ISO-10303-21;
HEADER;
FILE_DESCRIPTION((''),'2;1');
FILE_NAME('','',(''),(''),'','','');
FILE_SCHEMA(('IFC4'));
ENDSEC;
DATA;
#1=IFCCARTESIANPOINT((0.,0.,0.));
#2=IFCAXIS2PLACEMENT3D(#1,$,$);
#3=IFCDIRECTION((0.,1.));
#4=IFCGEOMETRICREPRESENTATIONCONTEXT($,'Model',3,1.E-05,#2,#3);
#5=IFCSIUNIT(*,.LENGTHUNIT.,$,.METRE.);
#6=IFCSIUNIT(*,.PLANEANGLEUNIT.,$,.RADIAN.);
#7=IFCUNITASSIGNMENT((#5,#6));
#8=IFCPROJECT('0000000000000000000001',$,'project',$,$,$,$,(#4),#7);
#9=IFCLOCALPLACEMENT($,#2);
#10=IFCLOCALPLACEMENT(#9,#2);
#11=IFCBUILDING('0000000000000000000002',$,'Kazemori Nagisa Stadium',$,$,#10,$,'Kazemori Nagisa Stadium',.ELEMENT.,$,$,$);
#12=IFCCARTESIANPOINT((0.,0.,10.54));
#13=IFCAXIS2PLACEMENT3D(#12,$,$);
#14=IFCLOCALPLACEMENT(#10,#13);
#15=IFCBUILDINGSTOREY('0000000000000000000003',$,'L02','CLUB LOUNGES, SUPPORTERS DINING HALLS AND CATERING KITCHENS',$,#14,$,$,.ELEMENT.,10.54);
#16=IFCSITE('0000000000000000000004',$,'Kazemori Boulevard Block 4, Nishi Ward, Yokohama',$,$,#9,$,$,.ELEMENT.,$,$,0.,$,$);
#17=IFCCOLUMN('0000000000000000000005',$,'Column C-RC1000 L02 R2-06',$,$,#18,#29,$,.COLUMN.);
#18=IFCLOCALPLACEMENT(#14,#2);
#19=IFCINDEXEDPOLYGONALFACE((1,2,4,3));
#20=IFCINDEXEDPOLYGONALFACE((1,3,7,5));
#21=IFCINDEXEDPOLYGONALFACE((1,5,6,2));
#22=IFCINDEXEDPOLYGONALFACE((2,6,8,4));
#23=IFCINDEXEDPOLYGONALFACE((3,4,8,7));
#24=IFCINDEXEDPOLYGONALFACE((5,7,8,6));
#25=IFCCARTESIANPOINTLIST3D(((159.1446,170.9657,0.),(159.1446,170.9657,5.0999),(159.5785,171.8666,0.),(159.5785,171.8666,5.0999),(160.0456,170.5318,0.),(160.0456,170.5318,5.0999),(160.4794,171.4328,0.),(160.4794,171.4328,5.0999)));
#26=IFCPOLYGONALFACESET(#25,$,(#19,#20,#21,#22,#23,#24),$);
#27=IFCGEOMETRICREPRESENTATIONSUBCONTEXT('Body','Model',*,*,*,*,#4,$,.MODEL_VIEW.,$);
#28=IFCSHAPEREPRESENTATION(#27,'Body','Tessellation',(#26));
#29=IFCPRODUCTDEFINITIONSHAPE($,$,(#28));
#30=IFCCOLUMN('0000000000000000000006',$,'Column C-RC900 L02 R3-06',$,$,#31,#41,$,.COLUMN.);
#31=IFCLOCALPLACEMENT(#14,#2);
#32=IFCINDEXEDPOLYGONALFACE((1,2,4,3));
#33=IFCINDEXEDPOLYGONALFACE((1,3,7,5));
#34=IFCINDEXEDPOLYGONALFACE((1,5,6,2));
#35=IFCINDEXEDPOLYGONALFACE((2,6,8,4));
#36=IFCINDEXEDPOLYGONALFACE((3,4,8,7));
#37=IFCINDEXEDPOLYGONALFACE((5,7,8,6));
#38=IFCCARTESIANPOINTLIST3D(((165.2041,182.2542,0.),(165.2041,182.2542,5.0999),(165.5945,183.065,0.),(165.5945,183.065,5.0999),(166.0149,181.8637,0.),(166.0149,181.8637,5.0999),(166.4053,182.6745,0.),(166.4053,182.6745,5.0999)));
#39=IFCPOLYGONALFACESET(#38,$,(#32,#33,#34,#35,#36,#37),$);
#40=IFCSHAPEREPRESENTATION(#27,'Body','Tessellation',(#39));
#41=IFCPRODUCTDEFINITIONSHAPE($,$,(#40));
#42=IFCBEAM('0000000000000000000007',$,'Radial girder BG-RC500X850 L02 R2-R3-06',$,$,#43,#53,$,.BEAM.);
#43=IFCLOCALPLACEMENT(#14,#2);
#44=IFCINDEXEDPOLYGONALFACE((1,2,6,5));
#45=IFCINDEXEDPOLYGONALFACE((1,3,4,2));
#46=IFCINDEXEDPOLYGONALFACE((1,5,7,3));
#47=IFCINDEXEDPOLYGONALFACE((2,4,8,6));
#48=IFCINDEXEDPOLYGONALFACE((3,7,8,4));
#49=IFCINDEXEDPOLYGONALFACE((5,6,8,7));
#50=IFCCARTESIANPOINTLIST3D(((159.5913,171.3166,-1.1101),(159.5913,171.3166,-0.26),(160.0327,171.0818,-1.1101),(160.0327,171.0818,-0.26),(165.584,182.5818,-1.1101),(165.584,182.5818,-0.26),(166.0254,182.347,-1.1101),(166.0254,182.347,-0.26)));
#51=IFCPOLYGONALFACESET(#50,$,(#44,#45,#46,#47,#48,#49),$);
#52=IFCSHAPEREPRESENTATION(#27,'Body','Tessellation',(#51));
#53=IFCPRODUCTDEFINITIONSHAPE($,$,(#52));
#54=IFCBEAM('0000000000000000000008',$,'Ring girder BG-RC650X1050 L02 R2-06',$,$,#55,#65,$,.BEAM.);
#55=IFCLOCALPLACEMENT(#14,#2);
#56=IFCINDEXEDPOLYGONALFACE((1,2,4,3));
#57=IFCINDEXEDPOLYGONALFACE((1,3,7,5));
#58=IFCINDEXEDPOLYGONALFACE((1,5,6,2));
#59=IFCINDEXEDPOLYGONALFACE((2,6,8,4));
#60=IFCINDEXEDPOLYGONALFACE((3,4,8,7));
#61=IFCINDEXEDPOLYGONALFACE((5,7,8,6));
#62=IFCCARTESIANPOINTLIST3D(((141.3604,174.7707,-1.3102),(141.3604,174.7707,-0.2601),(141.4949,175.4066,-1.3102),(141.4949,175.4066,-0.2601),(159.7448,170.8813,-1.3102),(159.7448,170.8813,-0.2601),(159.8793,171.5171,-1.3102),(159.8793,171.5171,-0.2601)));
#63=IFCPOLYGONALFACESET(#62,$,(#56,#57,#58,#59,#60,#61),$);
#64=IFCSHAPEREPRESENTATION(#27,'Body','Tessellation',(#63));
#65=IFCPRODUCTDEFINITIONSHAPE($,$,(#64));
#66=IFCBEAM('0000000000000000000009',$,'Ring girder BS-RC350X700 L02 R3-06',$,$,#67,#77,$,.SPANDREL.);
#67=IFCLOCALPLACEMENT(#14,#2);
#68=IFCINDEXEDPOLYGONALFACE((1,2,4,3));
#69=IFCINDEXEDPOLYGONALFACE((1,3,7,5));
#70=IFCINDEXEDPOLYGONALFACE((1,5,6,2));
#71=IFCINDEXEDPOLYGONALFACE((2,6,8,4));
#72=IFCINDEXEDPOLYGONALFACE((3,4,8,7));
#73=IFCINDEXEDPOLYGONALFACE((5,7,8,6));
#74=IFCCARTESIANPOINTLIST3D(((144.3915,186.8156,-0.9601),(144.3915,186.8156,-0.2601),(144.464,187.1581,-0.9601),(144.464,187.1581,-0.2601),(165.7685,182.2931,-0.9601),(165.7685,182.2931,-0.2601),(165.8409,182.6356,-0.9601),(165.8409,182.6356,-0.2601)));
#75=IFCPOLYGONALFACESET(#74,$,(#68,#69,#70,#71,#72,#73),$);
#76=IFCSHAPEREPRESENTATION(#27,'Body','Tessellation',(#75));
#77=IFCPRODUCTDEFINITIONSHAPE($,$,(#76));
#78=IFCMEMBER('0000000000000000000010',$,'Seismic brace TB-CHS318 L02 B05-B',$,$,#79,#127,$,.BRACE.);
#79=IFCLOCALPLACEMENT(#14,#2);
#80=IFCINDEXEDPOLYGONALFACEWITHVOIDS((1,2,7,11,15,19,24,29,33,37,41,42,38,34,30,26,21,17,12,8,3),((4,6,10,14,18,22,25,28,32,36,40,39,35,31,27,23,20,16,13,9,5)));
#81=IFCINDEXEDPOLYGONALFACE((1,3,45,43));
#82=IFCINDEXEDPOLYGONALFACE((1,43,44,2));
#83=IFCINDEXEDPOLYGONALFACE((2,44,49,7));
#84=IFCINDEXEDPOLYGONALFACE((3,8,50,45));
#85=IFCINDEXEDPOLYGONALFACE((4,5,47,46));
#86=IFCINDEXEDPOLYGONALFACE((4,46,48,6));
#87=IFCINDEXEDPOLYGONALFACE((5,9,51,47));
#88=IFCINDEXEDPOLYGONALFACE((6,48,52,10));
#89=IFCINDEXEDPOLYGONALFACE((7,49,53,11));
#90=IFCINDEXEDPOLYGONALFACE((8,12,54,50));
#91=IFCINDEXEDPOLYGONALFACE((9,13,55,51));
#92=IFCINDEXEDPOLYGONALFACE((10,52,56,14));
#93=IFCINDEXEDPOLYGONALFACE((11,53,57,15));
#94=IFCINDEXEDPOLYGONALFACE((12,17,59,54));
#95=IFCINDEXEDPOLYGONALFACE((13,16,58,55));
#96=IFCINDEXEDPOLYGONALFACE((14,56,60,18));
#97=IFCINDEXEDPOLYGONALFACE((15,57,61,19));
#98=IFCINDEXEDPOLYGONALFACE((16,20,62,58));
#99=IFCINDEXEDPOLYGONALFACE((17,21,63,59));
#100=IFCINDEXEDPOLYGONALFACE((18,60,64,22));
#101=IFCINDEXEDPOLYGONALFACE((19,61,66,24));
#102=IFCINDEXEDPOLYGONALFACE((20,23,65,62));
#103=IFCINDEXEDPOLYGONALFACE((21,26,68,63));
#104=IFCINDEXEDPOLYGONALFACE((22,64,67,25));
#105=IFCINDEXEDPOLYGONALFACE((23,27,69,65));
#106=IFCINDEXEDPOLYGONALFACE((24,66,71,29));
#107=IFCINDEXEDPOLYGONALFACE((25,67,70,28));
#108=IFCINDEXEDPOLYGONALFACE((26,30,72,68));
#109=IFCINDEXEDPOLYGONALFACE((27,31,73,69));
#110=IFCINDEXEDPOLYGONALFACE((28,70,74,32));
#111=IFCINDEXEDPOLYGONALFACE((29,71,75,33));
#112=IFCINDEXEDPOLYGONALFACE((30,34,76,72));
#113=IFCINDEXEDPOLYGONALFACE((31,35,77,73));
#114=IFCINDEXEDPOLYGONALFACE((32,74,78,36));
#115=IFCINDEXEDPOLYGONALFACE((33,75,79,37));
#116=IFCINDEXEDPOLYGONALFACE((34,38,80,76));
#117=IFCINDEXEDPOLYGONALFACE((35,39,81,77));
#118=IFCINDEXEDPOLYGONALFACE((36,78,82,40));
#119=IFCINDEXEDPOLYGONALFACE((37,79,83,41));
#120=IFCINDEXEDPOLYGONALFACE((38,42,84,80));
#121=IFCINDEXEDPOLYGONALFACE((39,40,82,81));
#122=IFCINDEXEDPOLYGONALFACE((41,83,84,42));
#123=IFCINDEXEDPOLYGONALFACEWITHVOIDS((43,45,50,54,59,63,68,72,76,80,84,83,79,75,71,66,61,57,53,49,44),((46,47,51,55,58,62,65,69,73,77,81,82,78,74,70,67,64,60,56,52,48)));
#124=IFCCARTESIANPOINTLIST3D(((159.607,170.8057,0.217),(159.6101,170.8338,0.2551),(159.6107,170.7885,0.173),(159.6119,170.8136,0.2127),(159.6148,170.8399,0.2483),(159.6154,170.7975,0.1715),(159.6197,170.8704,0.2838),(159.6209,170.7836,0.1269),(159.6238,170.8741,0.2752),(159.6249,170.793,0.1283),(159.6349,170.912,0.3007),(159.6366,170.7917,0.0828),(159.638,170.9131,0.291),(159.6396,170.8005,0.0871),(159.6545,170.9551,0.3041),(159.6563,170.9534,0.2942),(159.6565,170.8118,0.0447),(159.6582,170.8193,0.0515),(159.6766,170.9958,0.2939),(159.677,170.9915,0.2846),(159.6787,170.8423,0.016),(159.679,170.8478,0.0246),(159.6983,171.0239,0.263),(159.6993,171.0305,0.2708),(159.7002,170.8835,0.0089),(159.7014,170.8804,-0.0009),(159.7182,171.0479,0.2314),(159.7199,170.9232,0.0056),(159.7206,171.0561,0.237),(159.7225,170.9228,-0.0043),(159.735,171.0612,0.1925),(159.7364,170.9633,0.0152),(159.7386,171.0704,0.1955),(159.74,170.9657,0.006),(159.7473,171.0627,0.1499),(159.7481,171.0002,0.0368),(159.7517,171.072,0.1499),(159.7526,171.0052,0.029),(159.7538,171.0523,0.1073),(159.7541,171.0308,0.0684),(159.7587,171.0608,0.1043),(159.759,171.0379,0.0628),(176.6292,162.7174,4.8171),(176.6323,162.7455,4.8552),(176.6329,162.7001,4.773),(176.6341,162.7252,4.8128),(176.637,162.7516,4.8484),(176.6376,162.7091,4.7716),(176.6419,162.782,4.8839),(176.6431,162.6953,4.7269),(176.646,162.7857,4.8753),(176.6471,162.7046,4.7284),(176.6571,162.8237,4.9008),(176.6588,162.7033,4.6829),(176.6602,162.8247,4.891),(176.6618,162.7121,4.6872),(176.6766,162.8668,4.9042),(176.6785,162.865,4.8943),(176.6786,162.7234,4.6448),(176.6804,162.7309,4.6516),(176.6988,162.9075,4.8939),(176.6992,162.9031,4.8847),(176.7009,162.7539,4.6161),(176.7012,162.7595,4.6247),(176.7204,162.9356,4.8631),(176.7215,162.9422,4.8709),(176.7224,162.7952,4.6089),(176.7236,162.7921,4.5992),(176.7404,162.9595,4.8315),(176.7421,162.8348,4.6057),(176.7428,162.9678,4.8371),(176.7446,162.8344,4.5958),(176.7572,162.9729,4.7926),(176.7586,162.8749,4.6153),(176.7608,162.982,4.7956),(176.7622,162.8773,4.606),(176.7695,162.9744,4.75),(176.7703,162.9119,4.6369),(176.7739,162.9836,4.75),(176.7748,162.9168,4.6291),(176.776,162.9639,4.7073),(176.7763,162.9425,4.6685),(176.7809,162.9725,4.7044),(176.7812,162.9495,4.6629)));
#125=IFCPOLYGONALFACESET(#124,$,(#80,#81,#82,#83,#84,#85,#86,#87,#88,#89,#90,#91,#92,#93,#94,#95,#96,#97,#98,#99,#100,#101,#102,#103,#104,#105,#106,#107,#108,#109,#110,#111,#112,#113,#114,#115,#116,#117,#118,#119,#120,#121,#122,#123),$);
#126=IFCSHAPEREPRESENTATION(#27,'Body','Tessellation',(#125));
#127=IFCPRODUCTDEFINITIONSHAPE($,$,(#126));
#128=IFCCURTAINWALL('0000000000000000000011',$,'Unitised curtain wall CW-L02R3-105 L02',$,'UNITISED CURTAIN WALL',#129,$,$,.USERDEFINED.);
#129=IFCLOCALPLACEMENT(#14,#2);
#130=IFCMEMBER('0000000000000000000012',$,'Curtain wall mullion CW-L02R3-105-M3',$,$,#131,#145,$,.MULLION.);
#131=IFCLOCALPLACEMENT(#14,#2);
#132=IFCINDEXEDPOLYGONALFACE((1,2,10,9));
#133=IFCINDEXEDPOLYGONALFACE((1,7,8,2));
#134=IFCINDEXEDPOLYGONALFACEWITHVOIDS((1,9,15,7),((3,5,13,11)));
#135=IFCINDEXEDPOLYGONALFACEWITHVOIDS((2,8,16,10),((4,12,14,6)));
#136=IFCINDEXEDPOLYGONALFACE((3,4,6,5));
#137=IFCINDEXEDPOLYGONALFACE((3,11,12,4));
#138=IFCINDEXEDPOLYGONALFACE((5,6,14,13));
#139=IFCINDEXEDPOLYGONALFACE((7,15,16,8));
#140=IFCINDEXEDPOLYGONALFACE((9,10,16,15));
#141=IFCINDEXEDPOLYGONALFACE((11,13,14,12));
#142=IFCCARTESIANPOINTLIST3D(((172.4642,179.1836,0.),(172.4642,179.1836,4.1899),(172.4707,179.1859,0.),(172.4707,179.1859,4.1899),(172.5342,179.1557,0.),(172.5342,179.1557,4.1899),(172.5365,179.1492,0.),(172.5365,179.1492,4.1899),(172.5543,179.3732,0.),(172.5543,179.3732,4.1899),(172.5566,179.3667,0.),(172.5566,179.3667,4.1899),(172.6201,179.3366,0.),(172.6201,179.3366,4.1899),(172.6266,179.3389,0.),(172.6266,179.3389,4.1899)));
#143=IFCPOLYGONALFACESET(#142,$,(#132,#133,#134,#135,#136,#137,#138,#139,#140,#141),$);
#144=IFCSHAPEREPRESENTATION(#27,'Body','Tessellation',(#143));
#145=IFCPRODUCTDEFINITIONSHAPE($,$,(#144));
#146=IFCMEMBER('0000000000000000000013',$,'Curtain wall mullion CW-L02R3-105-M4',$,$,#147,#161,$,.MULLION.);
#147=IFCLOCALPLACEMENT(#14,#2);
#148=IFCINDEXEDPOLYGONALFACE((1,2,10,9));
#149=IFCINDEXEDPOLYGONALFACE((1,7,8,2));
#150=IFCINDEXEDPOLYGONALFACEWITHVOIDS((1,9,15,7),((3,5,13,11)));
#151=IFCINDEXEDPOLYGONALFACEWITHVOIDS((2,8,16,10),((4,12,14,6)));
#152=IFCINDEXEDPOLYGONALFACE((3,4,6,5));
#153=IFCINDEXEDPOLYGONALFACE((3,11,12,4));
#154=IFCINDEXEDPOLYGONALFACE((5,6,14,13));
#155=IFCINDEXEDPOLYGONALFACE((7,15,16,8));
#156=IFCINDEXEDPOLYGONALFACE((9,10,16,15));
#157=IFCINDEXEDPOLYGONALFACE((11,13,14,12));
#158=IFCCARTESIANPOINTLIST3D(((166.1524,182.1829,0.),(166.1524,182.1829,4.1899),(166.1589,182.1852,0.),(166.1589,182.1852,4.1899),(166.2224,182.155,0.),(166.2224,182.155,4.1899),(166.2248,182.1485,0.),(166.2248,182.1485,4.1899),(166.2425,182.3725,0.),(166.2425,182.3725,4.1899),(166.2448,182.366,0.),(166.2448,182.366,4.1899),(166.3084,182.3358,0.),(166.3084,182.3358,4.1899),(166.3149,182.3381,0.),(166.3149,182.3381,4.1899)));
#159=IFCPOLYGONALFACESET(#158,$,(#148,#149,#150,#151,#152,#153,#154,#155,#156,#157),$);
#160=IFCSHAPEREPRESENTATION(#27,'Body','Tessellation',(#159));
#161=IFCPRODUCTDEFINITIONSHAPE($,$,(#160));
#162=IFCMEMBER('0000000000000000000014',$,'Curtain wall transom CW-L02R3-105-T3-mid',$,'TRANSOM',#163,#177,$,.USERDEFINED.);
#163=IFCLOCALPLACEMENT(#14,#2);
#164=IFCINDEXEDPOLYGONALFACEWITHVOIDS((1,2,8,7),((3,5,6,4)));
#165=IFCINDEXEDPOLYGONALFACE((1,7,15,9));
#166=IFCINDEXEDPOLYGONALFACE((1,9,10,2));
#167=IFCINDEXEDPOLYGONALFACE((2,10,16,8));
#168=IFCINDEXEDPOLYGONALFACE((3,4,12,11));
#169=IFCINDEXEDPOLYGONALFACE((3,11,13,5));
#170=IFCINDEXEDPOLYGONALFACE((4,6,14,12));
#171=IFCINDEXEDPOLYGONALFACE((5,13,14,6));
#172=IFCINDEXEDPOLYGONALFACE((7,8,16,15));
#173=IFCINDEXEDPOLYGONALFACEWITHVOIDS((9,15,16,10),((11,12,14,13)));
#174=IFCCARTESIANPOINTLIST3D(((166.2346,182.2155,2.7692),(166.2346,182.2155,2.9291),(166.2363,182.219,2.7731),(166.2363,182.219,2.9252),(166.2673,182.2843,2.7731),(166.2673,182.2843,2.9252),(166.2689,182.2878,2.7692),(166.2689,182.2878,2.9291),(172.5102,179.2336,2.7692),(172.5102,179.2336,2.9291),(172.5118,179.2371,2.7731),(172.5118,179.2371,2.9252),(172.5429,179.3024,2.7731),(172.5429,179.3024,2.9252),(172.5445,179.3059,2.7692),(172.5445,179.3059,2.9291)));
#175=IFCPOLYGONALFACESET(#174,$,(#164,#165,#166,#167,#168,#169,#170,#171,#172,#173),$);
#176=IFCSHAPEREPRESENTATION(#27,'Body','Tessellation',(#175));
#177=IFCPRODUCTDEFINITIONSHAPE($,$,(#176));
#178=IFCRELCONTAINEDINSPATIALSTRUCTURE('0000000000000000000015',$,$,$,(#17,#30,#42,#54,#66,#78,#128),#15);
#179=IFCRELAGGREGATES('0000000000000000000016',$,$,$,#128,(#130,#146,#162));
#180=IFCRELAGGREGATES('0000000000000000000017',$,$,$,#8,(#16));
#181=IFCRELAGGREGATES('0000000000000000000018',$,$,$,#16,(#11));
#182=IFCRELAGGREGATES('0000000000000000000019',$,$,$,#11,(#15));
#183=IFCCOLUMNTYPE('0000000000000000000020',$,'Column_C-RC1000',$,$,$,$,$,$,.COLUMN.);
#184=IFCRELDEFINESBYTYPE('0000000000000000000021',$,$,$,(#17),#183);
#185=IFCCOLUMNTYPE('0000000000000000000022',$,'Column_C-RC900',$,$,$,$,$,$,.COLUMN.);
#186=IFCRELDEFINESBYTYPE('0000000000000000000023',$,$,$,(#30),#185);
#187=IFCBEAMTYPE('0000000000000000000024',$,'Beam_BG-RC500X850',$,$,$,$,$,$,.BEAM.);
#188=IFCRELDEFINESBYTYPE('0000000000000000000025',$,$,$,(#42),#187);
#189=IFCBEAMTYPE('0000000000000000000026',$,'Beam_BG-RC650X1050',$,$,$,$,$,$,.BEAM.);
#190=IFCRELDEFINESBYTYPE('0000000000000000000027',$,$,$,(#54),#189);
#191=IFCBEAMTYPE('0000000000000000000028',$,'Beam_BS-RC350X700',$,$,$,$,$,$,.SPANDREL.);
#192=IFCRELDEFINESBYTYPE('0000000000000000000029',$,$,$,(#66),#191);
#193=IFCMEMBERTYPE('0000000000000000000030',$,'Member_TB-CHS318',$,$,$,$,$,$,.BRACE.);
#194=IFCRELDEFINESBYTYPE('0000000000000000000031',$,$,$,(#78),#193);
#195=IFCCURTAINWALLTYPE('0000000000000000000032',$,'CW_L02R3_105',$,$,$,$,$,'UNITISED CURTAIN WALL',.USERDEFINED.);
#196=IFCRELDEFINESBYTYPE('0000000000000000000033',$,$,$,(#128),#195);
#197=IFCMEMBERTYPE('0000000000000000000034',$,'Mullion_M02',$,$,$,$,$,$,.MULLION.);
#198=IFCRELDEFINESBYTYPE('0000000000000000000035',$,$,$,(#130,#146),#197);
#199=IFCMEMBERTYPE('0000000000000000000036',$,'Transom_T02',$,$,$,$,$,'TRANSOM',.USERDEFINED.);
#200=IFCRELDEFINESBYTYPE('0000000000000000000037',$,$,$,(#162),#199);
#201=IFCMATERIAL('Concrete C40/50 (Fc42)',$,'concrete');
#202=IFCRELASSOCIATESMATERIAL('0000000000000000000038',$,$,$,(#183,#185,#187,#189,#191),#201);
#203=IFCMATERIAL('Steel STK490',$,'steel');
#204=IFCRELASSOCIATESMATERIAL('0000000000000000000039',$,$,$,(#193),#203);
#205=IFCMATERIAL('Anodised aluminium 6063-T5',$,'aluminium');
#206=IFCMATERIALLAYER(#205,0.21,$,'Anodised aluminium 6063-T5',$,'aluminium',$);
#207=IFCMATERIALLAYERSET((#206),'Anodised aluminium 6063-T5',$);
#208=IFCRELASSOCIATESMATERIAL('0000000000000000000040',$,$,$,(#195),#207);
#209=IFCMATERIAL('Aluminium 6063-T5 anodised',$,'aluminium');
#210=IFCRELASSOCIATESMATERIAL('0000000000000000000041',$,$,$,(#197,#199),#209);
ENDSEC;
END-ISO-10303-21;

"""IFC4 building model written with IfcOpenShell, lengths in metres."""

from ifc_helpers import new_model, si_unit, direction, frame, origin, origin_2d, place, context, subcontext, project, spatial, rectangle, hollow_rectangle, hollow_circle, extrude, material, layer, layer_set, material_profile, profile_set, type_object, element, aggregate, save


model = new_model("IFC4")

# Units and contexts
model_context = context("Model", 3, precision=1e-05, world=origin(), true_north=direction((0.0, 1.0)))
body_context = subcontext(model_context, "Body", "Model", "MODEL_VIEW")
ifc_project = project(units=[si_unit("LENGTHUNIT", "METRE"), si_unit("PLANEANGLEUNIT", "RADIAN")], contexts=[model_context])

# Site, building, storey
site_placement = place(None, origin())
site = spatial("IfcSite", under=ifc_project, at=site_placement, Name="Kazemori Boulevard Block 4, Nishi Ward, Yokohama", CompositionType="ELEMENT", RefElevation=0.0)
building_placement = place(site_placement, origin())
building = spatial("IfcBuilding", under=site, at=building_placement, Name="Kazemori Nagisa Stadium", LongName="Kazemori Nagisa Stadium", CompositionType="ELEMENT")
storey_placement = place(building_placement, frame((0.0, 0.0, 10.54)))
storey = spatial("IfcBuildingStorey", under=building, at=storey_placement, Name="L02", Description="CLUB LOUNGES, SUPPORTERS DINING HALLS AND CATERING KITCHENS", CompositionType="ELEMENT", Elevation=10.54)

# Columns
ifc_material_1 = material(Name="Concrete C40/50 (Fc42)", Category="concrete")
ifc_material_profile_1 = material_profile(ifc_material_1, rectangle(XDim=1.0, YDim=1.0, at=origin_2d()), Name="RC-COL-1000x1000")
ifc_profile_set_1 = profile_set([ifc_material_profile_1], Name="Concrete C40/50 (Fc42)")
column_type_1 = type_object("IfcColumnType", Name="Column_C-RC1000", PredefinedType="COLUMN", material=ifc_profile_set_1)
column_1_placement = place(storey_placement, frame((159.812, 171.1992, 0.0), z_axis=(0.0, 0.0, 1.0), x_axis=(0.433884, 0.900969, 0.0)))
element("IfcColumn", 1, at=column_1_placement, inside=storey, type_object=column_type_1, Name="Column C-RC1000 L02 R2-06", PredefinedType="COLUMN", context=body_context, shape_type="SweptSolid", body=[
    extrude(rectangle(XDim=1.0, YDim=1.0, at=origin_2d()), origin(), (0.0, 0.0, 1.0), 5.0999),
])
ifc_material_profile_2 = material_profile(ifc_material_1, rectangle(XDim=0.8999, YDim=0.8999, at=origin_2d()), Name="RC-COL-900x900")
ifc_profile_set_2 = profile_set([ifc_material_profile_2], Name="Concrete C40/50 (Fc42)")
column_type_2 = type_object("IfcColumnType", Name="Column_C-RC900", PredefinedType="COLUMN", material=ifc_profile_set_2)
column_2_placement = place(storey_placement, frame((165.8047, 182.4644, 0.0), z_axis=(0.0, 0.0, 1.0), x_axis=(0.433884, 0.900969, 0.0)))
element("IfcColumn", 2, at=column_2_placement, inside=storey, type_object=column_type_2, Name="Column C-RC900 L02 R3-06", PredefinedType="COLUMN", context=body_context, shape_type="SweptSolid", body=[
    extrude(rectangle(XDim=0.8999, YDim=0.8999, at=origin_2d()), origin(), (0.0, 0.0, 1.0), 5.0999),
])

# Beams
ifc_material_profile_3 = material_profile(ifc_material_1, rectangle(XDim=0.5, YDim=0.8501, at=origin_2d()), Name="RC-BM-500x850")
ifc_profile_set_3 = profile_set([ifc_material_profile_3], Name="Concrete C40/50 (Fc42)")
beam_type_1 = type_object("IfcBeamType", Name="Beam_BG-RC500X850", PredefinedType="BEAM", material=ifc_profile_set_3)
beam_1_placement = place(storey_placement, frame((159.812, 171.1992, -0.6851), z_axis=(0.469649, 0.882853, 0.0), x_axis=(-0.882853, 0.469649, 0.0)))
element("IfcBeam", 3, at=beam_1_placement, inside=storey, type_object=beam_type_1, Name="Radial girder BG-RC500X850 L02 R2-R3-06", PredefinedType="BEAM", context=body_context, shape_type="SweptSolid", body=[
    extrude(rectangle(XDim=0.5, YDim=0.8501, at=origin_2d()), origin(), (0.0, 0.0, 1.0), 12.76),
])
ifc_material_profile_4 = material_profile(ifc_material_1, rectangle(XDim=0.6499, YDim=1.05, at=origin_2d()), Name="RC-BM-650x1050")
ifc_profile_set_4 = profile_set([ifc_material_profile_4], Name="Concrete C40/50 (Fc42)")
beam_type_2 = type_object("IfcBeamType", Name="Beam_BG-RC650X1050", PredefinedType="BEAM", material=ifc_profile_set_4)
beam_2_placement = place(storey_placement, frame((159.812, 171.1992, -0.7852), z_axis=(-0.978345, 0.20698, 0.0), x_axis=(-0.20698, -0.978345, 0.0)))
element("IfcBeam", 4, at=beam_2_placement, inside=storey, type_object=beam_type_2, Name="Ring girder BG-RC650X1050 L02 R2-06", PredefinedType="BEAM", context=body_context, shape_type="SweptSolid", body=[
    extrude(rectangle(XDim=0.6499, YDim=1.05, at=origin_2d()), origin(), (0.0, 0.0, 1.0), 18.7913),
])
ifc_material_profile_5 = material_profile(ifc_material_1, rectangle(XDim=0.3501, YDim=0.7, at=origin_2d()), Name="RC-SP-350x700")
ifc_profile_set_5 = profile_set([ifc_material_profile_5], Name="Concrete C40/50 (Fc42)")
beam_type_3 = type_object("IfcBeamType", Name="Beam_BS-RC350X700", PredefinedType="SPANDREL", material=ifc_profile_set_5)
beam_3_placement = place(storey_placement, frame((165.8047, 182.4644, -0.6101), z_axis=(-0.978346, 0.206977, 0.0), x_axis=(-0.206977, -0.978346, 0.0)))
element("IfcBeam", 5, at=beam_3_placement, inside=storey, type_object=beam_type_3, Name="Ring girder BS-RC350X700 L02 R3-06", PredefinedType="SPANDREL", context=body_context, shape_type="SweptSolid", body=[
    extrude(rectangle(XDim=0.3501, YDim=0.7, at=origin_2d()), origin(), (0.0, 0.0, 1.0), 21.8501),
])

# Member
ifc_material_2 = material(Name="Steel STK490", Category="steel")
ifc_material_profile_6 = material_profile(ifc_material_2, hollow_circle(Radius=0.1592, WallThickness=0.0103, at=origin_2d()), Name="CHS-318.5x10.3")
ifc_profile_set_6 = profile_set([ifc_material_profile_6], Name="Steel STK490")
member_type_1 = type_object("IfcMemberType", Name="Member_TB-CHS318", PredefinedType="BRACE", material=ifc_profile_set_6)
member_1_placement = place(storey_placement, frame((159.6833, 170.9282, 0.1499), z_axis=(0.877459, -0.416939, 0.237125), x_axis=(0.429179, 0.903219, 0.0)))
element("IfcMember", 6, at=member_1_placement, inside=storey, type_object=member_type_1, Name="Seismic brace TB-CHS318 L02 B05-B", PredefinedType="BRACE", context=body_context, shape_type="SweptSolid", body=[
    extrude(hollow_circle(Radius=0.1592, WallThickness=0.0103, at=origin_2d()), origin(), (0.0, 0.0, 1.0), 19.3994),
])

# Curtain wall, members
ifc_material_3 = material(Name="Anodised aluminium 6063-T5", Category="aluminium")
ifc_layer_1 = layer(ifc_material_3, 0.21, Name="Anodised aluminium 6063-T5", Category="aluminium")
ifc_layer_set_1 = layer_set([ifc_layer_1], Name="Anodised aluminium 6063-T5")
curtain_wall_type = type_object("IfcCurtainWallType", Name="CW_L02R3_105", ElementType="UNITISED CURTAIN WALL", PredefinedType="USERDEFINED", material=ifc_layer_set_1)
curtain_wall_placement = place(storey_placement, origin())
curtain_wall = element("IfcCurtainWall", 7, at=curtain_wall_placement, inside=storey, type_object=curtain_wall_type, Name="Unitised curtain wall CW-L02R3-105 L02", ObjectType="UNITISED CURTAIN WALL", PredefinedType="USERDEFINED")
ifc_material_4 = material(Name="Aluminium 6063-T5 anodised", Category="aluminium")
ifc_material_profile_7 = material_profile(ifc_material_4, hollow_rectangle(XDim=0.0801, YDim=0.21, WallThickness=0.0049, at=origin_2d()), Name="ALU-MULL-80x210x5")
ifc_profile_set_7 = profile_set([ifc_material_profile_7], Name="Aluminium 6063-T5 anodised")
member_type_2 = type_object("IfcMemberType", Name="Mullion_M02", PredefinedType="MULLION", material=ifc_profile_set_7)
member_2_placement = place(storey_placement, frame((172.5454, 179.2612, 0.0), z_axis=(0.0, 0.0, 1.0), x_axis=(-0.903216, 0.429186, 0.0)))
member_2 = element("IfcMember", 8, at=member_2_placement, type_object=member_type_2, Name="Curtain wall mullion CW-L02R3-105-M3", PredefinedType="MULLION", context=body_context, shape_type="SweptSolid", body=[
    extrude(hollow_rectangle(XDim=0.0801, YDim=0.21, WallThickness=0.0049, at=origin_2d()), origin(), (0.0, 0.0, 1.0), 4.1899),
])
member_3_placement = place(storey_placement, frame((166.2336, 182.2605, 0.0), z_axis=(0.0, 0.0, 1.0), x_axis=(-0.903216, 0.429186, 0.0)))
member_3 = element("IfcMember", 9, at=member_3_placement, type_object=member_type_2, Name="Curtain wall mullion CW-L02R3-105-M4", PredefinedType="MULLION", context=body_context, shape_type="SweptSolid", body=[
    extrude(hollow_rectangle(XDim=0.0801, YDim=0.21, WallThickness=0.0049, at=origin_2d()), origin(), (0.0, 0.0, 1.0), 4.1899),
])
ifc_material_profile_8 = material_profile(ifc_material_4, hollow_rectangle(XDim=0.0801, YDim=0.1599, WallThickness=0.0039, at=origin_2d()), Name="ALU-TRAN-80x160x4")
ifc_profile_set_8 = profile_set([ifc_material_profile_8], Name="Aluminium 6063-T5 anodised")
member_type_3 = type_object("IfcMemberType", Name="Transom_T02", ElementType="TRANSOM", PredefinedType="USERDEFINED", material=ifc_profile_set_8)
member_4_placement = place(storey_placement, frame((172.5273, 179.2698, 2.8491), z_axis=(-0.903221, 0.429175, 0.0), x_axis=(-0.429175, -0.903221, 0.0)))
member_4 = element("IfcMember", 10, at=member_4_placement, type_object=member_type_3, Name="Curtain wall transom CW-L02R3-105-T3-mid", ObjectType="TRANSOM", PredefinedType="USERDEFINED", context=body_context, shape_type="SweptSolid", body=[
    extrude(hollow_rectangle(XDim=0.0801, YDim=0.1599, WallThickness=0.0039, at=origin_2d()), origin(), (0.0, 0.0, 1.0), 6.948),
])
aggregate(curtain_wall, [member_2, member_3, member_4])

save(model, "model.ifc")
